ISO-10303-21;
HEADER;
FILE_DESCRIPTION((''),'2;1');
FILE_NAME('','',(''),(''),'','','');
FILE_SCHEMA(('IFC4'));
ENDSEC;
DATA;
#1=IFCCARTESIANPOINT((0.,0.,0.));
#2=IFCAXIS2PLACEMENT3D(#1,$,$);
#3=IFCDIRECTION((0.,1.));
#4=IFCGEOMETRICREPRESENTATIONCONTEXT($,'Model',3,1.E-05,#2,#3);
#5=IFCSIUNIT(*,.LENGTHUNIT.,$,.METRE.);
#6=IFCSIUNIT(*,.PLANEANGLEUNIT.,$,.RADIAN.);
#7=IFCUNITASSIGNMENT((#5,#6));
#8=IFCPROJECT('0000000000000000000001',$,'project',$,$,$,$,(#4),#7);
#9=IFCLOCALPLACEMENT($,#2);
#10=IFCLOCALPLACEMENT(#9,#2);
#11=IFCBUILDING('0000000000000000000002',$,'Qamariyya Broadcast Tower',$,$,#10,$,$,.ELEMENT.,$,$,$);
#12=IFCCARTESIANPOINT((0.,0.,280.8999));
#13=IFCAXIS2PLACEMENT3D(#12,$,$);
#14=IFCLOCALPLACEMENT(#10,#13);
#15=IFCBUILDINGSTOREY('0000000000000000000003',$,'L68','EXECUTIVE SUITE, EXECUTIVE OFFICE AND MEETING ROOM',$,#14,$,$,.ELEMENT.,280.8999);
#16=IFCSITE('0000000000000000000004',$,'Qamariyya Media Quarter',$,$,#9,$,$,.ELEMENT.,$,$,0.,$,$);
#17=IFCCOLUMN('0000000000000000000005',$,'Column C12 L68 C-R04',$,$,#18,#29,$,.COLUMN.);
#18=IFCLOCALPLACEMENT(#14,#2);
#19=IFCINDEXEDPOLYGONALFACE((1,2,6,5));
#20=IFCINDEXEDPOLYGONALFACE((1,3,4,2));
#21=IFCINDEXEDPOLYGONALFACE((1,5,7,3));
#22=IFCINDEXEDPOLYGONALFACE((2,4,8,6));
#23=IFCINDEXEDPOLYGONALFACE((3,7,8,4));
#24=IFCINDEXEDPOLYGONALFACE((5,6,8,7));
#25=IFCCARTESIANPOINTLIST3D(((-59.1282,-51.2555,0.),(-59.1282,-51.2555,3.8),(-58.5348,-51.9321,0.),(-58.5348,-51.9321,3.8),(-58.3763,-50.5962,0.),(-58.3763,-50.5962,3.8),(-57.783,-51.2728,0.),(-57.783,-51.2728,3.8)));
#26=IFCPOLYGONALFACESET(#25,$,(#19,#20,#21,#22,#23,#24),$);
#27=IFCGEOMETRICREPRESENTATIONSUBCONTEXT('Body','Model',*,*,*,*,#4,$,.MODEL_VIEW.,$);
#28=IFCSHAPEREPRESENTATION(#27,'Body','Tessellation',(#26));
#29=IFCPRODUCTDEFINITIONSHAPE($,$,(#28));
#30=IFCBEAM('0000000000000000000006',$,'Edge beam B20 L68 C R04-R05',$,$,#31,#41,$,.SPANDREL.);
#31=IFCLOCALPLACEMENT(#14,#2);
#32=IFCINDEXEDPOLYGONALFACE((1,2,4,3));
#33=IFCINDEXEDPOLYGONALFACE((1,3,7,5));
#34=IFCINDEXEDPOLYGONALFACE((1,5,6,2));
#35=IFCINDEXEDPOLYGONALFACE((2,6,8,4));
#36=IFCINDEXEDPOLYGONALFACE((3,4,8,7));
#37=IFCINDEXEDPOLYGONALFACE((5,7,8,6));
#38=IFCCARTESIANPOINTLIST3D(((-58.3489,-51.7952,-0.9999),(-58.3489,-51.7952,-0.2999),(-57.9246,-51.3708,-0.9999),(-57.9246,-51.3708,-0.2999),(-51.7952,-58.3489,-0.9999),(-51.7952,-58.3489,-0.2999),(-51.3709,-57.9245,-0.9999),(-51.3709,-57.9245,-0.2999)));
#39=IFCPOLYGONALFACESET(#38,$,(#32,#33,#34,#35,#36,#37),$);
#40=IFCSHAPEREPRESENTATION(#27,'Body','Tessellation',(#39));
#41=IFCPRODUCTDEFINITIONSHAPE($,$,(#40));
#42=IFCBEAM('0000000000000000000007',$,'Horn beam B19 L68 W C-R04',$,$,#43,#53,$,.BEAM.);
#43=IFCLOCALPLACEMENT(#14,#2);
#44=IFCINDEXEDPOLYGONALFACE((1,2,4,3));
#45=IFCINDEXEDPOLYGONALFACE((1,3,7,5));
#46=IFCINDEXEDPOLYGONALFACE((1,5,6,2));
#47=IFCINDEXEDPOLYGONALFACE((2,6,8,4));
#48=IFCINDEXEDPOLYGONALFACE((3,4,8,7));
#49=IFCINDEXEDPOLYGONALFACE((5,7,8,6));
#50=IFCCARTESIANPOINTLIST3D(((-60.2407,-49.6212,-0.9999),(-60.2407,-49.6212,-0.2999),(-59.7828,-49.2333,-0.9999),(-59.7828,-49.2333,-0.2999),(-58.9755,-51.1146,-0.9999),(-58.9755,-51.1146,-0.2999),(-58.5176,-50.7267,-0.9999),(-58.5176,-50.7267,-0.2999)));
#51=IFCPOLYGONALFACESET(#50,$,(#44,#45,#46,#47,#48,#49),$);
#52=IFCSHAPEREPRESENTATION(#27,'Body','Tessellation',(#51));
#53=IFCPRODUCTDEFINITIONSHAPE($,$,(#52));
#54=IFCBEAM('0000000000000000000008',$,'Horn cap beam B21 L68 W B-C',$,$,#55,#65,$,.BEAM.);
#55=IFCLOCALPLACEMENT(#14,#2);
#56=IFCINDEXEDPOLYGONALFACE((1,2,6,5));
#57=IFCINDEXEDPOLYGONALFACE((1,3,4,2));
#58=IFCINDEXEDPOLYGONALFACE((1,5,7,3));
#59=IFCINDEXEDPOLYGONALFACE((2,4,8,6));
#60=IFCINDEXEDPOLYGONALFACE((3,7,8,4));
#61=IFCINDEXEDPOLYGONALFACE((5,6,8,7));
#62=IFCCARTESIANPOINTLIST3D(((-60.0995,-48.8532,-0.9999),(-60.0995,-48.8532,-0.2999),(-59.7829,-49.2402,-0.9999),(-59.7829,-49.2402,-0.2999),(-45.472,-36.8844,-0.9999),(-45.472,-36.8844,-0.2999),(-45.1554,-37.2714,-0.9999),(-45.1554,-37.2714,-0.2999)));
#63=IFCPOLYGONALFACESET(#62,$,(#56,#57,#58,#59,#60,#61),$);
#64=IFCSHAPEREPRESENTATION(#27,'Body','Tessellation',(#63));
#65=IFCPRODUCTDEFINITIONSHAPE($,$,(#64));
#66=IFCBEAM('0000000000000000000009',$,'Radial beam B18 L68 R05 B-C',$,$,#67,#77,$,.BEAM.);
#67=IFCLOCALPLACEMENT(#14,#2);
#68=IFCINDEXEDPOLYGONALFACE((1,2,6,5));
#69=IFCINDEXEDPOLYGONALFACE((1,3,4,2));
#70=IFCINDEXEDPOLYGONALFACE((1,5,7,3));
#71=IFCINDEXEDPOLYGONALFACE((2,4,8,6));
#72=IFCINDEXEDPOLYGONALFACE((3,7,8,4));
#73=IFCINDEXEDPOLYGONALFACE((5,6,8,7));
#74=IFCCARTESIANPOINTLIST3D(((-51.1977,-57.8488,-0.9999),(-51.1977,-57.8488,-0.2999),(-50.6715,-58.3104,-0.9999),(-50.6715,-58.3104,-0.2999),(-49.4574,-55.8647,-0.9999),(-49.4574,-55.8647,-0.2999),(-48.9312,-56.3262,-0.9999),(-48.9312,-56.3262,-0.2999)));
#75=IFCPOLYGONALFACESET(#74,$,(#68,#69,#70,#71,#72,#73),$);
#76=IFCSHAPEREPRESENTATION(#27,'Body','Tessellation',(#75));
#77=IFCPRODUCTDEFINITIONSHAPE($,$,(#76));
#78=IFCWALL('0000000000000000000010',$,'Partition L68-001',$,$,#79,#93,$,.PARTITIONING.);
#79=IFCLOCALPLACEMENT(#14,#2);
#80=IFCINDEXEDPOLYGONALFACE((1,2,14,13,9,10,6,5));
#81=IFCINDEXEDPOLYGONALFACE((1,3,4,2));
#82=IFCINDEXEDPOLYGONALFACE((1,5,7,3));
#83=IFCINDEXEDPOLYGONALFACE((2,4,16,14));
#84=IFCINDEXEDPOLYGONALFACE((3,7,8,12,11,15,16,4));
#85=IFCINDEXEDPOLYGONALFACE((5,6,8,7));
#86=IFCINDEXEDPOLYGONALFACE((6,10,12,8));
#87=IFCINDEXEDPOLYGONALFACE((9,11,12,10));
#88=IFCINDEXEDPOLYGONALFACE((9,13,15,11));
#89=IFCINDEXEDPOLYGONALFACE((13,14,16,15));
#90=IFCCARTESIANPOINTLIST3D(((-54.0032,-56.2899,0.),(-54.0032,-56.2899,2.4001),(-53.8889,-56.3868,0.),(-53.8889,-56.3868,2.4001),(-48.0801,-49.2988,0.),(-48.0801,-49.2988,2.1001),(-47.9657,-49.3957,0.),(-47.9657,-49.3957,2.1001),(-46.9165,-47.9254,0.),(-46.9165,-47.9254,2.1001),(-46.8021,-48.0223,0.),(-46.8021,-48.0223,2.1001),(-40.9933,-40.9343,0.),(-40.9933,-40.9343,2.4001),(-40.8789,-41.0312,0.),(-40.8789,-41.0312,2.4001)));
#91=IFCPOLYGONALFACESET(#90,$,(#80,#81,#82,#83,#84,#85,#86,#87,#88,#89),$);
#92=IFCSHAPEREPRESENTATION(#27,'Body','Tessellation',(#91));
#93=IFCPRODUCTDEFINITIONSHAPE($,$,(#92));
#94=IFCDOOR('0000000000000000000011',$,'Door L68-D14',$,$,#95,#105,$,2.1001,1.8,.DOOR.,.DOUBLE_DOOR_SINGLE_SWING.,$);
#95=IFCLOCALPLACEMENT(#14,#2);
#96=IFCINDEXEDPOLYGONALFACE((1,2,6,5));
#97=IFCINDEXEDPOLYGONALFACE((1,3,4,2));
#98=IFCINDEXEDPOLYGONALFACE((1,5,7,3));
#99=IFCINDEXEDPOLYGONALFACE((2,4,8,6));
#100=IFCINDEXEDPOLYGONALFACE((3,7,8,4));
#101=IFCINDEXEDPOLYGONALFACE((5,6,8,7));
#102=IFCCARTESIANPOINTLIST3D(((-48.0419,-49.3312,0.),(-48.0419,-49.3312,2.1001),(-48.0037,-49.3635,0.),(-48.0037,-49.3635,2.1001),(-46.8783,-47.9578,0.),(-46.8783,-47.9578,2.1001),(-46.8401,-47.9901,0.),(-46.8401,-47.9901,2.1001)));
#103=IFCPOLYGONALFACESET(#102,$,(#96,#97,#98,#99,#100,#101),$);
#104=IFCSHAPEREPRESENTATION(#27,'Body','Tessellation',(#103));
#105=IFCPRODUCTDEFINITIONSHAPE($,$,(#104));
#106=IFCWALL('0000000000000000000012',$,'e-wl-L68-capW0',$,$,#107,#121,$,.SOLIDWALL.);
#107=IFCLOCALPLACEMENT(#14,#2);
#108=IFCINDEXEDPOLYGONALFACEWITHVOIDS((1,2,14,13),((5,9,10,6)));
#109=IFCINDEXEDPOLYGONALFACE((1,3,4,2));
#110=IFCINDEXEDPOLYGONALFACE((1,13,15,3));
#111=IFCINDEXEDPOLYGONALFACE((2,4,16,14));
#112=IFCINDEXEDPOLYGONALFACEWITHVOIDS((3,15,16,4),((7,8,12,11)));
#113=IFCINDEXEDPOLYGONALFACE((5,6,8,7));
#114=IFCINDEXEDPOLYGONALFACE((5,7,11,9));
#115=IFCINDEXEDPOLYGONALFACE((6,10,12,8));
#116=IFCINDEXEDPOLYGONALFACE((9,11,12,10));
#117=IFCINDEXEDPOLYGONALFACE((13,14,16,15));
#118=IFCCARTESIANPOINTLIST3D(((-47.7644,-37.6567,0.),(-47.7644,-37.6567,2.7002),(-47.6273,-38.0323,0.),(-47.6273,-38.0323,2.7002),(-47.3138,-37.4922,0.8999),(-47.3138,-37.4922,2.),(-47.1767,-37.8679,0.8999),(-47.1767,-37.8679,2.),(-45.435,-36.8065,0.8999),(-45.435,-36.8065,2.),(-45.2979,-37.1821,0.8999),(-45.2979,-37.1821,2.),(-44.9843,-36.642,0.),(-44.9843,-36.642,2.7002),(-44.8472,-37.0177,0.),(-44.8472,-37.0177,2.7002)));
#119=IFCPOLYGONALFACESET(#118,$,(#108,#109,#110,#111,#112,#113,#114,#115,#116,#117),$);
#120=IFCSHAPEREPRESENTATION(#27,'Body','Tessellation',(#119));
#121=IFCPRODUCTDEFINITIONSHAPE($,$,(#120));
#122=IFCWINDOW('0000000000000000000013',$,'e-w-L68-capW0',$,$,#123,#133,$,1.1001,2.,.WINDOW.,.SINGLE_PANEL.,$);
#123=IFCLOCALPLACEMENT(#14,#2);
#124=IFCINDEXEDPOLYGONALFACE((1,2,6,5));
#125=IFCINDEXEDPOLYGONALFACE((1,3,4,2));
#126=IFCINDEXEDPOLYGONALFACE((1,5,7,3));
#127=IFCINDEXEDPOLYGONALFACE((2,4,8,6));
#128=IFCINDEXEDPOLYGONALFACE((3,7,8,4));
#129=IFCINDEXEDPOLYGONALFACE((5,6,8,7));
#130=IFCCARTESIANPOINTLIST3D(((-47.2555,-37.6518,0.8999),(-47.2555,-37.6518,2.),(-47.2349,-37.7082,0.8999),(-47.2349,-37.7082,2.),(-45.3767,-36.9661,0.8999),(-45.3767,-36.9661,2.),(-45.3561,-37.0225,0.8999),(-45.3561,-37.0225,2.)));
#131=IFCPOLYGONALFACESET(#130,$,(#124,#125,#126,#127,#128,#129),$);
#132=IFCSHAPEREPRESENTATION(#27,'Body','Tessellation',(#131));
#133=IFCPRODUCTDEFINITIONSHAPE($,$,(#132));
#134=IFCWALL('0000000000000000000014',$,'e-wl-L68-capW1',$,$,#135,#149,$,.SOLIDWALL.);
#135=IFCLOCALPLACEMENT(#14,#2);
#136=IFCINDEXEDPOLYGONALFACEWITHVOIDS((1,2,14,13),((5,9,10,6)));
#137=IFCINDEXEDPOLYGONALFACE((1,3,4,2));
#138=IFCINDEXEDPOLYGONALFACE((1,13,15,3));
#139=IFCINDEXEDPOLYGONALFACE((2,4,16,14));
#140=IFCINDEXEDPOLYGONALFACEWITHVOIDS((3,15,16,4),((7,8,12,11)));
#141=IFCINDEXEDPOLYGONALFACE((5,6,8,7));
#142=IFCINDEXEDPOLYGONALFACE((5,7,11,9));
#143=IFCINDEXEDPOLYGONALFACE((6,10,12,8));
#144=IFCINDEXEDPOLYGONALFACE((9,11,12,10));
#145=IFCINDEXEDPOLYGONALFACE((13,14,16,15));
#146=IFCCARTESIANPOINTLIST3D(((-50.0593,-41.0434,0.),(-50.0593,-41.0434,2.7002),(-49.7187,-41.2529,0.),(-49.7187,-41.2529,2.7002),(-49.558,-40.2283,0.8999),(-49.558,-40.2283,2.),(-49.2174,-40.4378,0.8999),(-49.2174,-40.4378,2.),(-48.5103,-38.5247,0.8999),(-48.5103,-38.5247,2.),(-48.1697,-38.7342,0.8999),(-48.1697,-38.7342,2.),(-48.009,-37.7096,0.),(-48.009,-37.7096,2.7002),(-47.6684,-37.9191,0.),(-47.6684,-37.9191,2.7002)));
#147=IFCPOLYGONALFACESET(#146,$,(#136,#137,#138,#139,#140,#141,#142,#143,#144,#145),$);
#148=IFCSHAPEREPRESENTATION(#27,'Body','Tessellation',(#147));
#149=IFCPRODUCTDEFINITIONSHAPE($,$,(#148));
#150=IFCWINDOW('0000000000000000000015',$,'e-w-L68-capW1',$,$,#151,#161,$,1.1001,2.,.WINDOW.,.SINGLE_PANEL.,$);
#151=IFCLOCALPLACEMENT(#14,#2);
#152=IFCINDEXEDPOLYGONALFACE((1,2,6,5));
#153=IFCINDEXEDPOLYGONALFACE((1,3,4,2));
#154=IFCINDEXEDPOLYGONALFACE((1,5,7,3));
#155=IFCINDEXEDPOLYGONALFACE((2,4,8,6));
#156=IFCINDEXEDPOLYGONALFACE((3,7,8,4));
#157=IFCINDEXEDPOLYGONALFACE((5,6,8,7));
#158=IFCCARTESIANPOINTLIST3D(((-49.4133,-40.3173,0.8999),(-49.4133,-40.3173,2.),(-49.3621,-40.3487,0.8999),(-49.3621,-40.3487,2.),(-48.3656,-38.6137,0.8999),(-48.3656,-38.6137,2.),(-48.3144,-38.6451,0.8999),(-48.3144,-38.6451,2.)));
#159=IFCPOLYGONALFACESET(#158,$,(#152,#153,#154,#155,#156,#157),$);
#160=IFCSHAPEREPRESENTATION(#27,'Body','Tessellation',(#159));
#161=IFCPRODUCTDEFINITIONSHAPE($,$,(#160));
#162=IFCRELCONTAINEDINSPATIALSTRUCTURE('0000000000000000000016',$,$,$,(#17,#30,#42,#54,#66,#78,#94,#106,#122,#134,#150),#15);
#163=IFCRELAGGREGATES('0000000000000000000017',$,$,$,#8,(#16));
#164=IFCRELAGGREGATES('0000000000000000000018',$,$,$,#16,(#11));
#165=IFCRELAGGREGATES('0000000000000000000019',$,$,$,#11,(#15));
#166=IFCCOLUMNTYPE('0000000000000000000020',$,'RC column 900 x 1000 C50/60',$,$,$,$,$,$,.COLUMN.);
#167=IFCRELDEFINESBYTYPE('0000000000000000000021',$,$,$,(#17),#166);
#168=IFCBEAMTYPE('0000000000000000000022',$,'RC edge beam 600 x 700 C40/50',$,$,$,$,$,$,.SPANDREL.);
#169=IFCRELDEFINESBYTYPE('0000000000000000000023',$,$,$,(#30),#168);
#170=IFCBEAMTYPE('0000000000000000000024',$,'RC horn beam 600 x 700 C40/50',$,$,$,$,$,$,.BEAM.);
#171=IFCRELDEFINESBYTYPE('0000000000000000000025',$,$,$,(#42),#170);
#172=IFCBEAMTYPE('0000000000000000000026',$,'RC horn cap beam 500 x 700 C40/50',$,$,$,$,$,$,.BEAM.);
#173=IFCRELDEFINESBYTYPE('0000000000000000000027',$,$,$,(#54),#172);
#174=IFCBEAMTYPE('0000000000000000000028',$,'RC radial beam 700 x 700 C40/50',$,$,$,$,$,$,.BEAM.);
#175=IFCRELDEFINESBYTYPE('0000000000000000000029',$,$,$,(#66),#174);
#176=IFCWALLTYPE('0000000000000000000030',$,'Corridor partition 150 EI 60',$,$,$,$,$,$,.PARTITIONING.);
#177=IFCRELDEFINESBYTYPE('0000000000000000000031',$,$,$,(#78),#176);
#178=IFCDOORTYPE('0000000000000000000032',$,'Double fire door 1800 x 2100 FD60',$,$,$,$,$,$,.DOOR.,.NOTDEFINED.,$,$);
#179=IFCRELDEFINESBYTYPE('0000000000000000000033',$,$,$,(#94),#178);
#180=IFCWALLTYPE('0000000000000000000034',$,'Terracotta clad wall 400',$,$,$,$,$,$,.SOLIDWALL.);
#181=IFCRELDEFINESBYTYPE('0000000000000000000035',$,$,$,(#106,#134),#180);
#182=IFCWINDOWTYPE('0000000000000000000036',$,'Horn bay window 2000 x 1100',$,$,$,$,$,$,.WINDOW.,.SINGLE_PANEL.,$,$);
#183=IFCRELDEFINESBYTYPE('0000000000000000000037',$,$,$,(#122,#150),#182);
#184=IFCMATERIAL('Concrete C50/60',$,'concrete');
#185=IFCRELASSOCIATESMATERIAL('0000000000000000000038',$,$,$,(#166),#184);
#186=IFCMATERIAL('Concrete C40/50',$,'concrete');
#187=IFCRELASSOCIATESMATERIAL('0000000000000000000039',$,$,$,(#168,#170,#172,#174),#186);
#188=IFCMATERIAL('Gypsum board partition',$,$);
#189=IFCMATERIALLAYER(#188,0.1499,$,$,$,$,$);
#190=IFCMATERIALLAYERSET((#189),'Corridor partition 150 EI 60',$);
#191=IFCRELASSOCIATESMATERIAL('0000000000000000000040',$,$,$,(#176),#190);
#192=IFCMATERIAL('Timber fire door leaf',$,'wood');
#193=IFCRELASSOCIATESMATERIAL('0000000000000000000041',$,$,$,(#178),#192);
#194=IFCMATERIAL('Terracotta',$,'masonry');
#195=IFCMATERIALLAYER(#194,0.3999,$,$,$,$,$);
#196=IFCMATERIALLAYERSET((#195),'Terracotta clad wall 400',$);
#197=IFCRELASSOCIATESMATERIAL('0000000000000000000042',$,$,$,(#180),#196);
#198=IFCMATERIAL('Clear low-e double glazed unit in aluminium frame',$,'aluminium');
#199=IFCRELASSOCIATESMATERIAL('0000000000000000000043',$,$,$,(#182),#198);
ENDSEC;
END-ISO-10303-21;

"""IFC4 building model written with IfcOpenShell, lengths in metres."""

from ifc_helpers import new_model, si_unit, direction, frame, frame_2d, origin, origin_2d, place, context, subcontext, project, spatial, rectangle, extrude, material, layer, layer_set, material_profile, profile_set, type_object, element, fill, save


model = new_model("IFC4")

# Units and contexts
model_context = context("Model", 3, precision=1e-05, world=origin(), true_north=direction((0.0, 1.0)))
body_context = subcontext(model_context, "Body", "Model", "MODEL_VIEW")
ifc_project = project(units=[si_unit("LENGTHUNIT", "METRE"), si_unit("PLANEANGLEUNIT", "RADIAN")], contexts=[model_context])

# Site, building, storey
site_placement = place(None, origin())
site = spatial("IfcSite", under=ifc_project, at=site_placement, Name="Qamariyya Media Quarter", CompositionType="ELEMENT", RefElevation=0.0)
building_placement = place(site_placement, origin())
building = spatial("IfcBuilding", under=site, at=building_placement, Name="Qamariyya Broadcast Tower", CompositionType="ELEMENT")
storey_placement = place(building_placement, frame((0.0, 0.0, 280.8999)))
storey = spatial("IfcBuildingStorey", under=building, at=storey_placement, Name="L68", Description="EXECUTIVE SUITE, EXECUTIVE OFFICE AND MEETING ROOM", CompositionType="ELEMENT", Elevation=280.8999)

# Column
ifc_material_1 = material(Name="Concrete C50/60", Category="concrete")
ifc_material_profile_1 = material_profile(ifc_material_1, rectangle(XDim=0.8999, YDim=1.0, at=origin_2d()))
ifc_profile_set_1 = profile_set([ifc_material_profile_1], Name="Concrete C50/60")
column_type = type_object("IfcColumnType", Name="RC column 900 x 1000 C50/60", PredefinedType="COLUMN", material=ifc_profile_set_1)
column_placement = place(storey_placement, frame((-58.4556, -51.2642, 0.0), z_axis=(0.0, 0.0, 1.0), x_axis=(0.659346, -0.75184, 0.0)))
element("IfcColumn", 1, at=column_placement, inside=storey, type_object=column_type, Name="Column C12 L68 C-R04", PredefinedType="COLUMN", context=body_context, shape_type="SweptSolid", body=[
    extrude(rectangle(XDim=0.8999, YDim=1.0, at=origin_2d()), origin(), (0.0, 0.0, 1.0), 3.8),
])

# Beams
ifc_material_2 = material(Name="Concrete C40/50", Category="concrete")
ifc_material_profile_2 = material_profile(ifc_material_2, rectangle(XDim=0.6001, YDim=0.7, at=origin_2d()))
ifc_profile_set_2 = profile_set([ifc_material_profile_2], Name="Concrete C40/50")
beam_type_1 = type_object("IfcBeamType", Name="RC edge beam 600 x 700 C40/50", PredefinedType="SPANDREL", material=ifc_profile_set_2)
beam_1_placement = place(storey_placement, frame((-58.1367, -51.583, -0.6499), z_axis=(0.707107, -0.707107, 0.0), x_axis=(0.707107, 0.707107, 0.0)))
element("IfcBeam", 2, at=beam_1_placement, inside=storey, type_object=beam_type_1, Name="Edge beam B20 L68 C R04-R05", PredefinedType="SPANDREL", context=body_context, shape_type="SweptSolid", body=[
    extrude(rectangle(XDim=0.6001, YDim=0.7, at=origin_2d()), origin(), (0.0, 0.0, 1.0), 9.2683),
])
ifc_material_profile_3 = material_profile(ifc_material_2, rectangle(XDim=0.6001, YDim=0.7, at=origin_2d()))
ifc_profile_set_3 = profile_set([ifc_material_profile_3], Name="Concrete C40/50")
beam_type_2 = type_object("IfcBeamType", Name="RC horn beam 600 x 700 C40/50", PredefinedType="BEAM", material=ifc_profile_set_3)
beam_2_placement = place(storey_placement, frame((-58.7466, -50.9207, -0.6499), z_axis=(-0.646384, 0.763012, 0.0), x_axis=(-0.763012, -0.646384, 0.0)))
element("IfcBeam", 3, at=beam_2_placement, inside=storey, type_object=beam_type_2, Name="Horn beam B19 L68 W C-R04", PredefinedType="BEAM", context=body_context, shape_type="SweptSolid", body=[
    extrude(rectangle(XDim=0.6001, YDim=0.7, at=origin_2d()), origin(), (0.0, 0.0, 1.0), 1.9573),
])
ifc_material_profile_4 = material_profile(ifc_material_2, rectangle(XDim=0.5, YDim=0.7, at=origin_2d()))
ifc_profile_set_4 = profile_set([ifc_material_profile_4], Name="Concrete C40/50")
beam_type_3 = type_object("IfcBeamType", Name="RC horn cap beam 500 x 700 C40/50", PredefinedType="BEAM", material=ifc_profile_set_4)
beam_3_placement = place(storey_placement, frame((-45.3137, -37.0779, -0.6499), z_axis=(-0.773935, -0.633265, 0.0), x_axis=(0.633265, -0.773935, 0.0)))
element("IfcBeam", 4, at=beam_3_placement, inside=storey, type_object=beam_type_3, Name="Horn cap beam B21 L68 W B-C", PredefinedType="BEAM", context=body_context, shape_type="SweptSolid", body=[
    extrude(rectangle(XDim=0.5, YDim=0.7, at=origin_2d()), origin(), (0.0, 0.0, 1.0), 18.9001),
])
ifc_material_profile_5 = material_profile(ifc_material_2, rectangle(XDim=0.7, YDim=0.7, at=origin_2d()))
ifc_profile_set_5 = profile_set([ifc_material_profile_5], Name="Concrete C40/50")
beam_type_4 = type_object("IfcBeamType", Name="RC radial beam 700 x 700 C40/50", PredefinedType="BEAM", material=ifc_profile_set_5)
beam_4_placement = place(storey_placement, frame((-49.1943, -56.0955, -0.6499), z_axis=(-0.659388, -0.751803, 0.0), x_axis=(0.751803, -0.659388, 0.0)))
element("IfcBeam", 5, at=beam_4_placement, inside=storey, type_object=beam_type_4, Name="Radial beam B18 L68 R05 B-C", PredefinedType="BEAM", context=body_context, shape_type="SweptSolid", body=[
    extrude(rectangle(XDim=0.7, YDim=0.7, at=origin_2d()), origin(), (0.0, 0.0, 1.0), 2.6392),
])

# Wall, opening, door
ifc_material_3 = material(Name="Gypsum board partition")
ifc_layer_1 = layer(ifc_material_3, 0.1499)
ifc_layer_set_1 = layer_set([ifc_layer_1], Name="Corridor partition 150 EI 60")
wall_type_1 = type_object("IfcWallType", Name="Corridor partition 150 EI 60", PredefinedType="PARTITIONING", material=ifc_layer_set_1)
wall_1_placement = place(storey_placement, frame((-53.946, -56.3384, 0.0), z_axis=(0.0, 0.0, 1.0), x_axis=(0.646426, 0.762977, 0.0)))
wall_1 = element("IfcWall", 6, at=wall_1_placement, inside=storey, type_object=wall_type_1, Name="Partition L68-001", PredefinedType="PARTITIONING", context=body_context, shape_type="SweptSolid", body=[
    extrude(rectangle(XDim=20.126, YDim=0.1499, at=frame_2d((10.063, 0.0))), origin(), (0.0, 0.0, 1.0), 2.4001),
])
opening_1_placement = place(wall_1_placement, frame((9.1631, 0.0, 0.0)))
opening_1 = element("IfcOpeningElement", 7, at=opening_1_placement, cuts=wall_1, PredefinedType="OPENING", context=body_context, shape_type="SweptSolid", body=[
    extrude(rectangle(XDim=1.8, YDim=2.1001, at=frame_2d((0.8999, 1.05))), frame((0.0, 0.085, 0.0), z_axis=(0.0, -1.0, 0.0), x_axis=(1.0, 0.0, 0.0)), (0.0, 0.0, 1.0), 0.1699),
])
ifc_material_4 = material(Name="Timber fire door leaf", Category="wood")
door_type = type_object("IfcDoorType", Name="Double fire door 1800 x 2100 FD60", OperationType="NOTDEFINED", PredefinedType="DOOR", material=ifc_material_4)
door_placement = place(opening_1_placement, origin())
door = element("IfcDoor", 8, at=door_placement, inside=storey, type_object=door_type, Name="Door L68-D14", OperationType="DOUBLE_DOOR_SINGLE_SWING", OverallHeight=2.1001, OverallWidth=1.8, PredefinedType="DOOR", context=body_context, shape_type="SweptSolid", body=[
    extrude(rectangle(XDim=1.8, YDim=2.1001, at=frame_2d((0.8999, 1.05))), frame((0.0, 0.0249, 0.0), z_axis=(0.0, -1.0, 0.0), x_axis=(1.0, 0.0, 0.0)), (0.0, 0.0, 1.0), 0.05),
])
fill(opening_1, door)

# Walls, openings, windows
ifc_material_5 = material(Name="Terracotta", Category="masonry")
ifc_layer_2 = layer(ifc_material_5, 0.3999)
ifc_layer_set_2 = layer_set([ifc_layer_2], Name="Terracotta clad wall 400")
wall_type_2 = type_object("IfcWallType", Name="Terracotta clad wall 400", PredefinedType="SOLIDWALL", material=ifc_layer_set_2)
wall_2_placement = place(storey_placement, frame((-44.9158, -36.8298, 0.0), z_axis=(0.0, 0.0, 1.0), x_axis=(-0.939388, -0.342856, 0.0)))
wall_2 = element("IfcWall", 9, at=wall_2_placement, inside=storey, type_object=wall_type_2, Name="e-wl-L68-capW0", PredefinedType="SOLIDWALL", context=body_context, shape_type="SweptSolid", body=[
    extrude(rectangle(XDim=2.9595, YDim=0.3999, at=frame_2d((1.4797, 0.0))), origin(), (0.0, 0.0, 1.0), 2.7002),
])
opening_2_placement = place(wall_2_placement, frame((0.4797, 0.0, 0.8999)))
opening_2 = element("IfcOpeningElement", 10, at=opening_2_placement, cuts=wall_2, PredefinedType="OPENING", context=body_context, shape_type="SweptSolid", body=[
    extrude(rectangle(XDim=2.0, YDim=1.1001, at=frame_2d((1.0, 0.55))), frame((0.0, 0.21, 0.0), z_axis=(0.0, -1.0, 0.0), x_axis=(1.0, 0.0, 0.0)), (0.0, 0.0, 1.0), 0.4199),
])
ifc_material_6 = material(Name="Clear low-e double glazed unit in aluminium frame", Category="aluminium")
window_type = type_object("IfcWindowType", Name="Horn bay window 2000 x 1100", PartitioningType="SINGLE_PANEL", PredefinedType="WINDOW", material=ifc_material_6)
window_1_placement = place(opening_2_placement, origin())
window_1 = element("IfcWindow", 11, at=window_1_placement, inside=storey, type_object=window_type, Name="e-w-L68-capW0", OverallHeight=1.1001, OverallWidth=2.0, PartitioningType="SINGLE_PANEL", PredefinedType="WINDOW", context=body_context, shape_type="SweptSolid", body=[
    extrude(rectangle(XDim=2.0, YDim=1.1001, at=frame_2d((1.0, 0.55))), frame((0.0, 0.03, 0.0), z_axis=(0.0, -1.0, 0.0), x_axis=(1.0, 0.0, 0.0)), (0.0, 0.0, 1.0), 0.0601),
])
fill(opening_2, window_1)
wall_3_placement = place(storey_placement, frame((-47.8386, -37.8142, 0.0), z_axis=(0.0, 0.0, 1.0), x_axis=(-0.523868, -0.8518, 0.0)))
wall_3 = element("IfcWall", 12, at=wall_3_placement, inside=storey, type_object=wall_type_2, Name="e-wl-L68-capW1", PredefinedType="SOLIDWALL", context=body_context, shape_type="SweptSolid", body=[
    extrude(rectangle(XDim=3.9138, YDim=0.3999, at=frame_2d((1.957, 0.0))), origin(), (0.0, 0.0, 1.0), 2.7002),
])
opening_3_placement = place(wall_3_placement, frame((0.957, 0.0, 0.8999)))
opening_3 = element("IfcOpeningElement", 13, at=opening_3_placement, cuts=wall_3, PredefinedType="OPENING", context=body_context, shape_type="SweptSolid", body=[
    extrude(rectangle(XDim=2.0, YDim=1.1001, at=frame_2d((1.0, 0.55))), frame((0.0, 0.21, 0.0), z_axis=(0.0, -1.0, 0.0), x_axis=(1.0, 0.0, 0.0)), (0.0, 0.0, 1.0), 0.4199),
])
window_2_placement = place(opening_3_placement, origin())
window_2 = element("IfcWindow", 14, at=window_2_placement, inside=storey, type_object=window_type, Name="e-w-L68-capW1", OverallHeight=1.1001, OverallWidth=2.0, PartitioningType="SINGLE_PANEL", PredefinedType="WINDOW", context=body_context, shape_type="SweptSolid", body=[
    extrude(rectangle(XDim=2.0, YDim=1.1001, at=frame_2d((1.0, 0.55))), frame((0.0, 0.03, 0.0), z_axis=(0.0, -1.0, 0.0), x_axis=(1.0, 0.0, 0.0)), (0.0, 0.0, 1.0), 0.0601),
])
fill(opening_3, window_2)

save(model, "model.ifc")
